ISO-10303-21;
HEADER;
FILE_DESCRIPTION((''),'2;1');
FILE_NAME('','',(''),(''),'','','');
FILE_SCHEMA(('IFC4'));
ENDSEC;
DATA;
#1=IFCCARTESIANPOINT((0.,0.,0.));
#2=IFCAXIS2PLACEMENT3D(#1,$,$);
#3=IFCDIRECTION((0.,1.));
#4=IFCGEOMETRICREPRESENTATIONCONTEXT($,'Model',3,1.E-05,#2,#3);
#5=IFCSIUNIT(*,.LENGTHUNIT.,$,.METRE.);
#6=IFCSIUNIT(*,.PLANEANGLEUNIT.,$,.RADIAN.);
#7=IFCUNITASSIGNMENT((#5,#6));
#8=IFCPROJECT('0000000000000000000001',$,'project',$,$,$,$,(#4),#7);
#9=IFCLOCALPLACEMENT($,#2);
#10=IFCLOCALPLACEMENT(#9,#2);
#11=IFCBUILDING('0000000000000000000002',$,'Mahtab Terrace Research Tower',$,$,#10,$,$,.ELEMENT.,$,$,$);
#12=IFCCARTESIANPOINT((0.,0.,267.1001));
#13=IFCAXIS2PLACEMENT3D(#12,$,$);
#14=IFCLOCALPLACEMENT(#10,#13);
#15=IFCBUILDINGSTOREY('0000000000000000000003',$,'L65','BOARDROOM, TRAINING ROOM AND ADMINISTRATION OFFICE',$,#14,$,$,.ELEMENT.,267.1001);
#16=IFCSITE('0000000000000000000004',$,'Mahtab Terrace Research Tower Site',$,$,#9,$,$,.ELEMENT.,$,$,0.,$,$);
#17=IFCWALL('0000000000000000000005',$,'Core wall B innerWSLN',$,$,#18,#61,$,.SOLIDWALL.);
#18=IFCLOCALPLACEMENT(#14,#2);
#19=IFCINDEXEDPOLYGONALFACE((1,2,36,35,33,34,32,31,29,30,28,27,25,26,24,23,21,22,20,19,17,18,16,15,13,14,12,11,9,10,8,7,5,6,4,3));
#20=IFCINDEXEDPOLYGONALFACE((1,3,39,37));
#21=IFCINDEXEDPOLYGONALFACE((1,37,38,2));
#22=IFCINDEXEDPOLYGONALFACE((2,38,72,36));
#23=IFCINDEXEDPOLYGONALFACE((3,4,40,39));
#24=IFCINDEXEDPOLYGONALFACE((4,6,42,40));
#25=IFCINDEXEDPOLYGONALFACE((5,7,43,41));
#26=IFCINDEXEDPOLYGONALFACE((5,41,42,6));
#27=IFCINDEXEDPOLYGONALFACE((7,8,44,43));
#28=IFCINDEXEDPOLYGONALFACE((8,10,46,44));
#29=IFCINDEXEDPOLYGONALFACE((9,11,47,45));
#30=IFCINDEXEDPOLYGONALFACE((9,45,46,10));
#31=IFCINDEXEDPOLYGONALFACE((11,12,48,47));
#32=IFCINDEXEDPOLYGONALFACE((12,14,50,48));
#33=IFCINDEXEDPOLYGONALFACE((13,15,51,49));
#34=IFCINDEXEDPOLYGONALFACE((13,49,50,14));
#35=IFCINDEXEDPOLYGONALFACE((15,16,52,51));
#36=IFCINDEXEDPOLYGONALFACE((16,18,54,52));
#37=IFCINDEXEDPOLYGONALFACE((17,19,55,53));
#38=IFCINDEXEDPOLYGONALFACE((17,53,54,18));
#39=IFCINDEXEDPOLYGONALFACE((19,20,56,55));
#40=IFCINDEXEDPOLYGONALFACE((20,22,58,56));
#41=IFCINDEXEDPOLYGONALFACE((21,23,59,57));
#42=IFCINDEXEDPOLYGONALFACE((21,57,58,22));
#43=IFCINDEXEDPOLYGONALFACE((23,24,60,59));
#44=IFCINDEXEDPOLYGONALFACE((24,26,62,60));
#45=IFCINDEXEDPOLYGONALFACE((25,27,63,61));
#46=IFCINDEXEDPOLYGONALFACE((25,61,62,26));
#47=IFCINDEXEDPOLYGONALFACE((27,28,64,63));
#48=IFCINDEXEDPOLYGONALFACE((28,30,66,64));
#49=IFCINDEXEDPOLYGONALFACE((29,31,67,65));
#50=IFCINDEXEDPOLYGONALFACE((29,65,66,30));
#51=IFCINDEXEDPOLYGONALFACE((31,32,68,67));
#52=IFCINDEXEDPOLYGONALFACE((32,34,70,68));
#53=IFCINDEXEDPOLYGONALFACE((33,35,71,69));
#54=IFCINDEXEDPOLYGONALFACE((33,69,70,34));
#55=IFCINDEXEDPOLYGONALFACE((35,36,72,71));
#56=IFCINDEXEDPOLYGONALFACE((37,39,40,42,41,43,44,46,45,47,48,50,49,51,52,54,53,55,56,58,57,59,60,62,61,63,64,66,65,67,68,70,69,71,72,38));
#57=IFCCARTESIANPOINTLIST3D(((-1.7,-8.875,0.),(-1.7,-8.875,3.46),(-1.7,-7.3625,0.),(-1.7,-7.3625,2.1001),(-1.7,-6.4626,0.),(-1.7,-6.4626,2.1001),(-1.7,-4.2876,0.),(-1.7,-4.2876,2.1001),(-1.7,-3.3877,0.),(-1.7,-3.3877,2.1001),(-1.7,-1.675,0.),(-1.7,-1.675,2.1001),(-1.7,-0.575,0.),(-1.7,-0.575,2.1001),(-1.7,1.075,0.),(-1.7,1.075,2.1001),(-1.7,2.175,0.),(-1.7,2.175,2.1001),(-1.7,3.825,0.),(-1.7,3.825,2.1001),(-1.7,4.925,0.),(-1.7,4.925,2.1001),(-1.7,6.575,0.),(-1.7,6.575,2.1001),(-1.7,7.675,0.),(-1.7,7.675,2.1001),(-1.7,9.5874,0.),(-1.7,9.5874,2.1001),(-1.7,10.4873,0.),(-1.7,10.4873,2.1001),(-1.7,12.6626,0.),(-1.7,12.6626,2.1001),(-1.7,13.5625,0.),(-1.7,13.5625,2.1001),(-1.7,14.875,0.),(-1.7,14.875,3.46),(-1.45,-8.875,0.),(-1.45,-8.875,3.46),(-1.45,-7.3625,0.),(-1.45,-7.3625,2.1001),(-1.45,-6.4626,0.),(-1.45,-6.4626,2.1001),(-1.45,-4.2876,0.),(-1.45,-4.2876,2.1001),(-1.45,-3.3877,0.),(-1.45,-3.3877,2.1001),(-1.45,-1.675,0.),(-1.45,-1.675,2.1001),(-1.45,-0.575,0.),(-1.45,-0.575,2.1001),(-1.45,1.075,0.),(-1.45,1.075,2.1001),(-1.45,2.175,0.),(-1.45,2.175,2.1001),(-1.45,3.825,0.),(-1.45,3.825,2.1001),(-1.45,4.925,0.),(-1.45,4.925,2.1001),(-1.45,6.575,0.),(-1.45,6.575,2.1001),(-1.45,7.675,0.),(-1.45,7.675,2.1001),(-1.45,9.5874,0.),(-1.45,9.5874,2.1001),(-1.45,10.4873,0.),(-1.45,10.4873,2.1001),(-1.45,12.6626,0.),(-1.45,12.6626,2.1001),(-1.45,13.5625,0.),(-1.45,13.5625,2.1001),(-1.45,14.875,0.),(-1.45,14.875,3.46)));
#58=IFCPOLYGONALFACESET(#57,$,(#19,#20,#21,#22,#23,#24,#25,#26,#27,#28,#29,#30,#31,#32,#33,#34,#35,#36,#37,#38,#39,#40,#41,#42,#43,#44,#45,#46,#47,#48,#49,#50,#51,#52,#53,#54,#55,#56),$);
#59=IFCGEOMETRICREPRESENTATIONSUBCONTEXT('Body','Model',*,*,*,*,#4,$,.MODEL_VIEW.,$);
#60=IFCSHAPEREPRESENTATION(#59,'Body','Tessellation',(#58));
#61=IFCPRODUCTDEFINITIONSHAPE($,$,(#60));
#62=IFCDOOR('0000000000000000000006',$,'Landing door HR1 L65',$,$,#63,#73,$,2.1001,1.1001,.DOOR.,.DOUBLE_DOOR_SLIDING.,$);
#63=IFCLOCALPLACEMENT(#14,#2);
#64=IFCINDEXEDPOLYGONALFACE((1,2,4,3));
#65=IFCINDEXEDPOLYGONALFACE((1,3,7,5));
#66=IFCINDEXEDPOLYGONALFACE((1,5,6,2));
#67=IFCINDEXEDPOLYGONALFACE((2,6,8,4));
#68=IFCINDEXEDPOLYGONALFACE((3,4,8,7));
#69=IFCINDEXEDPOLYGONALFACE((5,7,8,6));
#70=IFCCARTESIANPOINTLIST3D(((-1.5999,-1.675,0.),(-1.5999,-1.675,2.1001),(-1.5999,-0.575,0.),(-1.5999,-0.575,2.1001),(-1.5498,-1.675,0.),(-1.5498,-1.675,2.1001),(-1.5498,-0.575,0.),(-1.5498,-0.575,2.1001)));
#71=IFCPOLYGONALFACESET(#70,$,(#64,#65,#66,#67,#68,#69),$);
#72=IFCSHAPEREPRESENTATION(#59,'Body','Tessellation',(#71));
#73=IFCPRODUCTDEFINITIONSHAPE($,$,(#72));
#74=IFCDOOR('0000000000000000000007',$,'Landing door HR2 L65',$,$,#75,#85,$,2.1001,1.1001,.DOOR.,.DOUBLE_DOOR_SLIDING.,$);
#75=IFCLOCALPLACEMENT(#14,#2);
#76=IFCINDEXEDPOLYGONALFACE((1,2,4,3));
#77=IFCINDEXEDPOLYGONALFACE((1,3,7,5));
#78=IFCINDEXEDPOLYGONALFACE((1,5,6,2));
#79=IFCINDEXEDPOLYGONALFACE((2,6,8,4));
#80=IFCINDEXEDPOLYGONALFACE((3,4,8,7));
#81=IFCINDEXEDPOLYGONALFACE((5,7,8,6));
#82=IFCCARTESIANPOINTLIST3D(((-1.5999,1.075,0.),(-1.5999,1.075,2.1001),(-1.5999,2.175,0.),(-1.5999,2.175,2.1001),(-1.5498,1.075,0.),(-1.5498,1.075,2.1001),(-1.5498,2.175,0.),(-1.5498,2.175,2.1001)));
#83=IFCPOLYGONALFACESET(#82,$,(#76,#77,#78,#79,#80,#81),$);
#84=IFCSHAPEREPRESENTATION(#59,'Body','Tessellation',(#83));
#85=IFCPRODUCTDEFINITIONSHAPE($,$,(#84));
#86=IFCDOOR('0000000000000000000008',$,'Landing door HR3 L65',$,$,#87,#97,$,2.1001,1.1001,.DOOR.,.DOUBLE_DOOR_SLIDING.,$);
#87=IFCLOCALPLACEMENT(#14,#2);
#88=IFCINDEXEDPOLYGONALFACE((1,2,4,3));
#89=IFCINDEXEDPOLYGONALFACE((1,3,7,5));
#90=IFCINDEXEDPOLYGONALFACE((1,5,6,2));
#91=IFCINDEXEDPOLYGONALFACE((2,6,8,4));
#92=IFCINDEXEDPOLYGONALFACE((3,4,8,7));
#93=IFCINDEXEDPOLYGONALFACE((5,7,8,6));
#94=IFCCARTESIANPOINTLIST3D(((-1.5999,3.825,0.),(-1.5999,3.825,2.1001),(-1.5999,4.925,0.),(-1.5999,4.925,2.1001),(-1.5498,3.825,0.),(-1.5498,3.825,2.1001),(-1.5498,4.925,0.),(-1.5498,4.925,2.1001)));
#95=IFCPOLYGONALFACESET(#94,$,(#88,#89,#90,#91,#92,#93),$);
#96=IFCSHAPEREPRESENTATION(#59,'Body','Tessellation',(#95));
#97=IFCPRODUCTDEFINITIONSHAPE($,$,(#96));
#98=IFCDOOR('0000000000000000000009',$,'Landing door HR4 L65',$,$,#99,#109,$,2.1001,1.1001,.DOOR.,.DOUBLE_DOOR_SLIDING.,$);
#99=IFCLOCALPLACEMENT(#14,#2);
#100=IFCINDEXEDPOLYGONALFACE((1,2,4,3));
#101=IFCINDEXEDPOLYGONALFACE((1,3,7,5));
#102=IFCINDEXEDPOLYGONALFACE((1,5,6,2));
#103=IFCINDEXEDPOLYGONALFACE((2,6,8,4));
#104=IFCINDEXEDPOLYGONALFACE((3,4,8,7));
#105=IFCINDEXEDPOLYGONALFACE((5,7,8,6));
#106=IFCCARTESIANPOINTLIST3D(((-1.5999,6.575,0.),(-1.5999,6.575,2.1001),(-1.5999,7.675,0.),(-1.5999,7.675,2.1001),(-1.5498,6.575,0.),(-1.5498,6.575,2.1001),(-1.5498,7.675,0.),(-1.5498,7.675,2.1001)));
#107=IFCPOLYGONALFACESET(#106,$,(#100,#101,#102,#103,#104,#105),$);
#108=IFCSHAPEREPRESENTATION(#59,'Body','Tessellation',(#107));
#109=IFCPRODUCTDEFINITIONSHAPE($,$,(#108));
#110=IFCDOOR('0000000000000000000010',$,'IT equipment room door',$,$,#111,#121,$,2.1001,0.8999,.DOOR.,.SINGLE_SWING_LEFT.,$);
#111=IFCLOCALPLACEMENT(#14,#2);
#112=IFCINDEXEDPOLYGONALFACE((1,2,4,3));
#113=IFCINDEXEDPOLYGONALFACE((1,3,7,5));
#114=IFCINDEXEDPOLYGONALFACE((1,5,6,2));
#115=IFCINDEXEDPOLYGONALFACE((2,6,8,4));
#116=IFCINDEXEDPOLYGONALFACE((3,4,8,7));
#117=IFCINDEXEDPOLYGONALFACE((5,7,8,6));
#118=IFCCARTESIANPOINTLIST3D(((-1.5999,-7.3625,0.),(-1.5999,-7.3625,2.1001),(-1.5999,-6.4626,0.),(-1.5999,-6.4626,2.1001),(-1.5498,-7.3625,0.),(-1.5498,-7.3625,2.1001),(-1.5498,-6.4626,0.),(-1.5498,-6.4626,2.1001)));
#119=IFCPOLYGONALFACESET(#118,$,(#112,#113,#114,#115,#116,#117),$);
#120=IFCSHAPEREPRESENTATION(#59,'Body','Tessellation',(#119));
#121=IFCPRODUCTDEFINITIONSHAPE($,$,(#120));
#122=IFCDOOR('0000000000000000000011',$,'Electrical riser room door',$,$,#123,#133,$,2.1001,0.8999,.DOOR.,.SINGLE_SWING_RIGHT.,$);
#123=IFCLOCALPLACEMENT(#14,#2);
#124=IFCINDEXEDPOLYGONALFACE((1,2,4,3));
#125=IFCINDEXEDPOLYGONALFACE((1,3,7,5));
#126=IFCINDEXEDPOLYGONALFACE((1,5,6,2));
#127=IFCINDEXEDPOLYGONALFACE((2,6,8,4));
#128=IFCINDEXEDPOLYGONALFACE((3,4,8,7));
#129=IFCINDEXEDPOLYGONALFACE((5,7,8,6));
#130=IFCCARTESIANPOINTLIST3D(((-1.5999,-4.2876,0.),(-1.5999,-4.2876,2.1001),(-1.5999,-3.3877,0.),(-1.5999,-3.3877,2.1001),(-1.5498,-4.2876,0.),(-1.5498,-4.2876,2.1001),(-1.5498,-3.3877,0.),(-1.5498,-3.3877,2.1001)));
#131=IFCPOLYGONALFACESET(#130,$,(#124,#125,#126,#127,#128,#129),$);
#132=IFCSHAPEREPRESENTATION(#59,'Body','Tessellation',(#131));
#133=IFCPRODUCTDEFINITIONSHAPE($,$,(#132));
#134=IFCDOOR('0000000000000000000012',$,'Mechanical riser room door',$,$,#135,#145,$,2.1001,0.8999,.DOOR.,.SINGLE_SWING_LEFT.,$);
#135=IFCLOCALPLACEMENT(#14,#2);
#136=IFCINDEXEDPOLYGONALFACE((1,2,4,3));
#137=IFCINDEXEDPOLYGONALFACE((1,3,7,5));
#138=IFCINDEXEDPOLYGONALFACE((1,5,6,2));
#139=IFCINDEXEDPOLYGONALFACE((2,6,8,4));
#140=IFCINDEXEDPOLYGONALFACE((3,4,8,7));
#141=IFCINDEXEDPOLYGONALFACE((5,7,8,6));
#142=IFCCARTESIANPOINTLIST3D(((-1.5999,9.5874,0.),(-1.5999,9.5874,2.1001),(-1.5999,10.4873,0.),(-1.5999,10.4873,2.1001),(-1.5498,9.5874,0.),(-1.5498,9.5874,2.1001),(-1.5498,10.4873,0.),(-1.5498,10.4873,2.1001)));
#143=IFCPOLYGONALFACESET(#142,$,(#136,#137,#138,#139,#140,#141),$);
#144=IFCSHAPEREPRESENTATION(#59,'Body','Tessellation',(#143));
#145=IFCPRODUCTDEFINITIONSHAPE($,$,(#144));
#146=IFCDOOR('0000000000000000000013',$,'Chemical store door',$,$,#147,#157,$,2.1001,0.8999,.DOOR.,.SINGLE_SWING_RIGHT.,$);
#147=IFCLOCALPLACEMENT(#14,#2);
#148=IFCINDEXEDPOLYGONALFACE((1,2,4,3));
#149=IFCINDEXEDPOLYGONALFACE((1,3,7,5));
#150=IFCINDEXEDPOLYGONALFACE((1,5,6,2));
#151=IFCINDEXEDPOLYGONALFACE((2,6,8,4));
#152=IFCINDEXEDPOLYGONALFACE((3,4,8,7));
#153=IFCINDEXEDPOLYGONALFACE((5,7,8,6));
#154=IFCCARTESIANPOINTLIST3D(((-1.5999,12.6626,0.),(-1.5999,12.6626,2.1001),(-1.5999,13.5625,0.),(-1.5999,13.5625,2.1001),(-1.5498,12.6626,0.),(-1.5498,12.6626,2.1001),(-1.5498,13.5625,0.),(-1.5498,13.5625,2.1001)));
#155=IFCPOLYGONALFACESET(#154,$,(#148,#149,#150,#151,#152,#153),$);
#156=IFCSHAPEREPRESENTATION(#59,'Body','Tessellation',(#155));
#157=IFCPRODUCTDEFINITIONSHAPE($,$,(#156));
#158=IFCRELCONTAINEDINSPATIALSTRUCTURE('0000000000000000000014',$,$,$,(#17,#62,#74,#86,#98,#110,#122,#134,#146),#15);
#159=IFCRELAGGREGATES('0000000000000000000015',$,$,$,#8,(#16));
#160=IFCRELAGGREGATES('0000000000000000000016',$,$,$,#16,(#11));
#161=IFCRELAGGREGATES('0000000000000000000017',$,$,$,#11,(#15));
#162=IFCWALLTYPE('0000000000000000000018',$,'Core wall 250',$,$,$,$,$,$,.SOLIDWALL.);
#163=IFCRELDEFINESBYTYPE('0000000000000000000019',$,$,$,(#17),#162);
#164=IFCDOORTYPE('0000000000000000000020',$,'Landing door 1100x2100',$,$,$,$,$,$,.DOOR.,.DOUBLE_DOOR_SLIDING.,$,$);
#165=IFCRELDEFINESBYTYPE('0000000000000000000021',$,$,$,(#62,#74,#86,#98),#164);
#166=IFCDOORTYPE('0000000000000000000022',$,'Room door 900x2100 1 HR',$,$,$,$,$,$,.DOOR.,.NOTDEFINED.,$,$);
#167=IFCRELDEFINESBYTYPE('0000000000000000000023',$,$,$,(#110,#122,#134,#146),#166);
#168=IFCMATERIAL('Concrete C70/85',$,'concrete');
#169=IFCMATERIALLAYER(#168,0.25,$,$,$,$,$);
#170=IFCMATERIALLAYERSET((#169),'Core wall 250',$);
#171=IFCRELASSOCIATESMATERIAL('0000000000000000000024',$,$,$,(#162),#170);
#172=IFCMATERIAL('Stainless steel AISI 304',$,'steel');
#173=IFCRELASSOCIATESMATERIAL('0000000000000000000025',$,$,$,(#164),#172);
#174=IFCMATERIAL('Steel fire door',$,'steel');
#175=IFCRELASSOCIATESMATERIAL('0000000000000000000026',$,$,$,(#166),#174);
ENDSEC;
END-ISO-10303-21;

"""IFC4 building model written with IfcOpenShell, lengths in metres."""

from ifc_helpers import new_model, si_unit, direction, frame, frame_2d, origin, place, context, subcontext, project, spatial, rectangle, extrude, material, layer, layer_set, type_object, element, fill, save


model = new_model("IFC4")

# Units and contexts
model_context = context("Model", 3, precision=1e-05, world=origin(), true_north=direction((0.0, 1.0)))
body_context = subcontext(model_context, "Body", "Model", "MODEL_VIEW")
ifc_project = project(units=[si_unit("LENGTHUNIT", "METRE"), si_unit("PLANEANGLEUNIT", "RADIAN")], contexts=[model_context])

# Site, building, storey
site_placement = place(None, origin())
site = spatial("IfcSite", under=ifc_project, at=site_placement, Name="Mahtab Terrace Research Tower Site", CompositionType="ELEMENT", RefElevation=0.0)
building_placement = place(site_placement, origin())
building = spatial("IfcBuilding", under=site, at=building_placement, Name="Mahtab Terrace Research Tower", CompositionType="ELEMENT")
storey_placement = place(building_placement, frame((0.0, 0.0, 267.1001)))
storey = spatial("IfcBuildingStorey", under=building, at=storey_placement, Name="L65", Description="BOARDROOM, TRAINING ROOM AND ADMINISTRATION OFFICE", CompositionType="ELEMENT", Elevation=267.1001)

# Shared definitions
ifc_material_1 = material(Name="Concrete C70/85", Category="concrete")

# Wall, openings, doors
ifc_layer_1 = layer(ifc_material_1, 0.25)
ifc_layer_set_1 = layer_set([ifc_layer_1], Name="Core wall 250")
wall_type_1 = type_object("IfcWallType", Name="Core wall 250", PredefinedType="SOLIDWALL", material=ifc_layer_set_1)
wall_1_placement = place(storey_placement, frame((-1.575, -8.875, 0.0), z_axis=(0.0, 0.0, 1.0), x_axis=(0.0, 1.0, 0.0)))
wall_1 = element("IfcWall", 1, at=wall_1_placement, inside=storey, type_object=wall_type_1, Name="Core wall B innerWSLN", PredefinedType="SOLIDWALL", context=body_context, shape_type="SweptSolid", body=[
    extrude(rectangle(XDim=23.75, YDim=0.25, at=frame_2d((11.875, 0.0))), origin(), (0.0, 0.0, 1.0), 3.46),
])
opening_1_placement = place(wall_1_placement, frame((7.2, 0.0, 0.0)))
opening_1 = element("IfcOpeningElement", 2, at=opening_1_placement, cuts=wall_1, PredefinedType="OPENING", context=body_context, shape_type="SweptSolid", body=[
    extrude(rectangle(XDim=1.1001, YDim=2.1001, at=frame_2d((0.55, 1.05))), frame((0.0, 0.135, 0.0), z_axis=(0.0, -1.0, 0.0), x_axis=(1.0, 0.0, 0.0)), (0.0, 0.0, 1.0), 0.27),
])
opening_2_placement = place(wall_1_placement, frame((9.95, 0.0, 0.0)))
opening_2 = element("IfcOpeningElement", 3, at=opening_2_placement, cuts=wall_1, PredefinedType="OPENING", context=body_context, shape_type="SweptSolid", body=[
    extrude(rectangle(XDim=1.1001, YDim=2.1001, at=frame_2d((0.55, 1.05))), frame((0.0, 0.135, 0.0), z_axis=(0.0, -1.0, 0.0), x_axis=(1.0, 0.0, 0.0)), (0.0, 0.0, 1.0), 0.27),
])
opening_3_placement = place(wall_1_placement, frame((12.7, 0.0, 0.0)))
opening_3 = element("IfcOpeningElement", 4, at=opening_3_placement, cuts=wall_1, PredefinedType="OPENING", context=body_context, shape_type="SweptSolid", body=[
    extrude(rectangle(XDim=1.1001, YDim=2.1001, at=frame_2d((0.55, 1.05))), frame((0.0, 0.135, 0.0), z_axis=(0.0, -1.0, 0.0), x_axis=(1.0, 0.0, 0.0)), (0.0, 0.0, 1.0), 0.27),
])
opening_4_placement = place(wall_1_placement, frame((15.45, 0.0, 0.0)))
opening_4 = element("IfcOpeningElement", 5, at=opening_4_placement, cuts=wall_1, PredefinedType="OPENING", context=body_context, shape_type="SweptSolid", body=[
    extrude(rectangle(XDim=1.1001, YDim=2.1001, at=frame_2d((0.55, 1.05))), frame((0.0, 0.135, 0.0), z_axis=(0.0, -1.0, 0.0), x_axis=(1.0, 0.0, 0.0)), (0.0, 0.0, 1.0), 0.27),
])
opening_5_placement = place(wall_1_placement, frame((1.5125, 0.0, 0.0)))
opening_5 = element("IfcOpeningElement", 6, at=opening_5_placement, cuts=wall_1, PredefinedType="OPENING", context=body_context, shape_type="SweptSolid", body=[
    extrude(rectangle(XDim=0.8999, YDim=2.1001, at=frame_2d((0.45, 1.05))), frame((0.0, 0.135, 0.0), z_axis=(0.0, -1.0, 0.0), x_axis=(1.0, 0.0, 0.0)), (0.0, 0.0, 1.0), 0.27),
])
opening_6_placement = place(wall_1_placement, frame((4.5874, 0.0, 0.0)))
opening_6 = element("IfcOpeningElement", 7, at=opening_6_placement, cuts=wall_1, PredefinedType="OPENING", context=body_context, shape_type="SweptSolid", body=[
    extrude(rectangle(XDim=0.8999, YDim=2.1001, at=frame_2d((0.45, 1.05))), frame((0.0, 0.135, 0.0), z_axis=(0.0, -1.0, 0.0), x_axis=(1.0, 0.0, 0.0)), (0.0, 0.0, 1.0), 0.27),
])
opening_7_placement = place(wall_1_placement, frame((18.4624, 0.0, 0.0)))
opening_7 = element("IfcOpeningElement", 8, at=opening_7_placement, cuts=wall_1, PredefinedType="OPENING", context=body_context, shape_type="SweptSolid", body=[
    extrude(rectangle(XDim=0.8999, YDim=2.1001, at=frame_2d((0.45, 1.05))), frame((0.0, 0.135, 0.0), z_axis=(0.0, -1.0, 0.0), x_axis=(1.0, 0.0, 0.0)), (0.0, 0.0, 1.0), 0.27),
])
opening_8_placement = place(wall_1_placement, frame((21.5376, 0.0, 0.0)))
opening_8 = element("IfcOpeningElement", 9, at=opening_8_placement, cuts=wall_1, PredefinedType="OPENING", context=body_context, shape_type="SweptSolid", body=[
    extrude(rectangle(XDim=0.8999, YDim=2.1001, at=frame_2d((0.45, 1.05))), frame((0.0, 0.135, 0.0), z_axis=(0.0, -1.0, 0.0), x_axis=(1.0, 0.0, 0.0)), (0.0, 0.0, 1.0), 0.27),
])
ifc_material_2 = material(Name="Stainless steel AISI 304", Category="steel")
door_type_1 = type_object("IfcDoorType", Name="Landing door 1100x2100", OperationType="DOUBLE_DOOR_SLIDING", PredefinedType="DOOR", material=ifc_material_2)
door_1_placement = place(opening_1_placement, origin())
door_1 = element("IfcDoor", 10, at=door_1_placement, inside=storey, type_object=door_type_1, Name="Landing door HR1 L65", OperationType="DOUBLE_DOOR_SLIDING", OverallHeight=2.1001, OverallWidth=1.1001, PredefinedType="DOOR", context=body_context, shape_type="SweptSolid", body=[
    extrude(rectangle(XDim=1.1001, YDim=2.1001, at=frame_2d((0.55, 1.05))), frame((0.0, 0.0249, 0.0), z_axis=(0.0, -1.0, 0.0), x_axis=(1.0, 0.0, 0.0)), (0.0, 0.0, 1.0), 0.05),
])
fill(opening_1, door_1)
door_2_placement = place(opening_2_placement, origin())
door_2 = element("IfcDoor", 11, at=door_2_placement, inside=storey, type_object=door_type_1, Name="Landing door HR2 L65", OperationType="DOUBLE_DOOR_SLIDING", OverallHeight=2.1001, OverallWidth=1.1001, PredefinedType="DOOR", context=body_context, shape_type="SweptSolid", body=[
    extrude(rectangle(XDim=1.1001, YDim=2.1001, at=frame_2d((0.55, 1.05))), frame((0.0, 0.0249, 0.0), z_axis=(0.0, -1.0, 0.0), x_axis=(1.0, 0.0, 0.0)), (0.0, 0.0, 1.0), 0.05),
])
fill(opening_2, door_2)
door_3_placement = place(opening_3_placement, origin())
door_3 = element("IfcDoor", 12, at=door_3_placement, inside=storey, type_object=door_type_1, Name="Landing door HR3 L65", OperationType="DOUBLE_DOOR_SLIDING", OverallHeight=2.1001, OverallWidth=1.1001, PredefinedType="DOOR", context=body_context, shape_type="SweptSolid", body=[
    extrude(rectangle(XDim=1.1001, YDim=2.1001, at=frame_2d((0.55, 1.05))), frame((0.0, 0.0249, 0.0), z_axis=(0.0, -1.0, 0.0), x_axis=(1.0, 0.0, 0.0)), (0.0, 0.0, 1.0), 0.05),
])
fill(opening_3, door_3)
door_4_placement = place(opening_4_placement, origin())
door_4 = element("IfcDoor", 13, at=door_4_placement, inside=storey, type_object=door_type_1, Name="Landing door HR4 L65", OperationType="DOUBLE_DOOR_SLIDING", OverallHeight=2.1001, OverallWidth=1.1001, PredefinedType="DOOR", context=body_context, shape_type="SweptSolid", body=[
    extrude(rectangle(XDim=1.1001, YDim=2.1001, at=frame_2d((0.55, 1.05))), frame((0.0, 0.0249, 0.0), z_axis=(0.0, -1.0, 0.0), x_axis=(1.0, 0.0, 0.0)), (0.0, 0.0, 1.0), 0.05),
])
fill(opening_4, door_4)
ifc_material_3 = material(Name="Steel fire door", Category="steel")
door_type_2 = type_object("IfcDoorType", Name="Room door 900x2100 1 HR", OperationType="NOTDEFINED", PredefinedType="DOOR", material=ifc_material_3)
door_5_placement = place(opening_5_placement, origin())
door_5 = element("IfcDoor", 14, at=door_5_placement, inside=storey, type_object=door_type_2, Name="IT equipment room door", OperationType="SINGLE_SWING_LEFT", OverallHeight=2.1001, OverallWidth=0.8999, PredefinedType="DOOR", context=body_context, shape_type="SweptSolid", body=[
    extrude(rectangle(XDim=0.8999, YDim=2.1001, at=frame_2d((0.45, 1.05))), frame((0.0, 0.0249, 0.0), z_axis=(0.0, -1.0, 0.0), x_axis=(1.0, 0.0, 0.0)), (0.0, 0.0, 1.0), 0.05),
])
fill(opening_5, door_5)
door_6_placement = place(opening_6_placement, origin())
door_6 = element("IfcDoor", 15, at=door_6_placement, inside=storey, type_object=door_type_2, Name="Electrical riser room door", OperationType="SINGLE_SWING_RIGHT", OverallHeight=2.1001, OverallWidth=0.8999, PredefinedType="DOOR", context=body_context, shape_type="SweptSolid", body=[
    extrude(rectangle(XDim=0.8999, YDim=2.1001, at=frame_2d((0.45, 1.05))), frame((0.0, 0.0249, 0.0), z_axis=(0.0, -1.0, 0.0), x_axis=(1.0, 0.0, 0.0)), (0.0, 0.0, 1.0), 0.05),
])
fill(opening_6, door_6)
door_7_placement = place(opening_7_placement, origin())
door_7 = element("IfcDoor", 16, at=door_7_placement, inside=storey, type_object=door_type_2, Name="Mechanical riser room door", OperationType="SINGLE_SWING_LEFT", OverallHeight=2.1001, OverallWidth=0.8999, PredefinedType="DOOR", context=body_context, shape_type="SweptSolid", body=[
    extrude(rectangle(XDim=0.8999, YDim=2.1001, at=frame_2d((0.45, 1.05))), frame((0.0, 0.0249, 0.0), z_axis=(0.0, -1.0, 0.0), x_axis=(1.0, 0.0, 0.0)), (0.0, 0.0, 1.0), 0.05),
])
fill(opening_7, door_7)
door_8_placement = place(opening_8_placement, origin())
door_8 = element("IfcDoor", 17, at=door_8_placement, inside=storey, type_object=door_type_2, Name="Chemical store door", OperationType="SINGLE_SWING_RIGHT", OverallHeight=2.1001, OverallWidth=0.8999, PredefinedType="DOOR", context=body_context, shape_type="SweptSolid", body=[
    extrude(rectangle(XDim=0.8999, YDim=2.1001, at=frame_2d((0.45, 1.05))), frame((0.0, 0.0249, 0.0), z_axis=(0.0, -1.0, 0.0), x_axis=(1.0, 0.0, 0.0)), (0.0, 0.0, 1.0), 0.05),
])
fill(opening_8, door_8)

save(model, "model.ifc")
